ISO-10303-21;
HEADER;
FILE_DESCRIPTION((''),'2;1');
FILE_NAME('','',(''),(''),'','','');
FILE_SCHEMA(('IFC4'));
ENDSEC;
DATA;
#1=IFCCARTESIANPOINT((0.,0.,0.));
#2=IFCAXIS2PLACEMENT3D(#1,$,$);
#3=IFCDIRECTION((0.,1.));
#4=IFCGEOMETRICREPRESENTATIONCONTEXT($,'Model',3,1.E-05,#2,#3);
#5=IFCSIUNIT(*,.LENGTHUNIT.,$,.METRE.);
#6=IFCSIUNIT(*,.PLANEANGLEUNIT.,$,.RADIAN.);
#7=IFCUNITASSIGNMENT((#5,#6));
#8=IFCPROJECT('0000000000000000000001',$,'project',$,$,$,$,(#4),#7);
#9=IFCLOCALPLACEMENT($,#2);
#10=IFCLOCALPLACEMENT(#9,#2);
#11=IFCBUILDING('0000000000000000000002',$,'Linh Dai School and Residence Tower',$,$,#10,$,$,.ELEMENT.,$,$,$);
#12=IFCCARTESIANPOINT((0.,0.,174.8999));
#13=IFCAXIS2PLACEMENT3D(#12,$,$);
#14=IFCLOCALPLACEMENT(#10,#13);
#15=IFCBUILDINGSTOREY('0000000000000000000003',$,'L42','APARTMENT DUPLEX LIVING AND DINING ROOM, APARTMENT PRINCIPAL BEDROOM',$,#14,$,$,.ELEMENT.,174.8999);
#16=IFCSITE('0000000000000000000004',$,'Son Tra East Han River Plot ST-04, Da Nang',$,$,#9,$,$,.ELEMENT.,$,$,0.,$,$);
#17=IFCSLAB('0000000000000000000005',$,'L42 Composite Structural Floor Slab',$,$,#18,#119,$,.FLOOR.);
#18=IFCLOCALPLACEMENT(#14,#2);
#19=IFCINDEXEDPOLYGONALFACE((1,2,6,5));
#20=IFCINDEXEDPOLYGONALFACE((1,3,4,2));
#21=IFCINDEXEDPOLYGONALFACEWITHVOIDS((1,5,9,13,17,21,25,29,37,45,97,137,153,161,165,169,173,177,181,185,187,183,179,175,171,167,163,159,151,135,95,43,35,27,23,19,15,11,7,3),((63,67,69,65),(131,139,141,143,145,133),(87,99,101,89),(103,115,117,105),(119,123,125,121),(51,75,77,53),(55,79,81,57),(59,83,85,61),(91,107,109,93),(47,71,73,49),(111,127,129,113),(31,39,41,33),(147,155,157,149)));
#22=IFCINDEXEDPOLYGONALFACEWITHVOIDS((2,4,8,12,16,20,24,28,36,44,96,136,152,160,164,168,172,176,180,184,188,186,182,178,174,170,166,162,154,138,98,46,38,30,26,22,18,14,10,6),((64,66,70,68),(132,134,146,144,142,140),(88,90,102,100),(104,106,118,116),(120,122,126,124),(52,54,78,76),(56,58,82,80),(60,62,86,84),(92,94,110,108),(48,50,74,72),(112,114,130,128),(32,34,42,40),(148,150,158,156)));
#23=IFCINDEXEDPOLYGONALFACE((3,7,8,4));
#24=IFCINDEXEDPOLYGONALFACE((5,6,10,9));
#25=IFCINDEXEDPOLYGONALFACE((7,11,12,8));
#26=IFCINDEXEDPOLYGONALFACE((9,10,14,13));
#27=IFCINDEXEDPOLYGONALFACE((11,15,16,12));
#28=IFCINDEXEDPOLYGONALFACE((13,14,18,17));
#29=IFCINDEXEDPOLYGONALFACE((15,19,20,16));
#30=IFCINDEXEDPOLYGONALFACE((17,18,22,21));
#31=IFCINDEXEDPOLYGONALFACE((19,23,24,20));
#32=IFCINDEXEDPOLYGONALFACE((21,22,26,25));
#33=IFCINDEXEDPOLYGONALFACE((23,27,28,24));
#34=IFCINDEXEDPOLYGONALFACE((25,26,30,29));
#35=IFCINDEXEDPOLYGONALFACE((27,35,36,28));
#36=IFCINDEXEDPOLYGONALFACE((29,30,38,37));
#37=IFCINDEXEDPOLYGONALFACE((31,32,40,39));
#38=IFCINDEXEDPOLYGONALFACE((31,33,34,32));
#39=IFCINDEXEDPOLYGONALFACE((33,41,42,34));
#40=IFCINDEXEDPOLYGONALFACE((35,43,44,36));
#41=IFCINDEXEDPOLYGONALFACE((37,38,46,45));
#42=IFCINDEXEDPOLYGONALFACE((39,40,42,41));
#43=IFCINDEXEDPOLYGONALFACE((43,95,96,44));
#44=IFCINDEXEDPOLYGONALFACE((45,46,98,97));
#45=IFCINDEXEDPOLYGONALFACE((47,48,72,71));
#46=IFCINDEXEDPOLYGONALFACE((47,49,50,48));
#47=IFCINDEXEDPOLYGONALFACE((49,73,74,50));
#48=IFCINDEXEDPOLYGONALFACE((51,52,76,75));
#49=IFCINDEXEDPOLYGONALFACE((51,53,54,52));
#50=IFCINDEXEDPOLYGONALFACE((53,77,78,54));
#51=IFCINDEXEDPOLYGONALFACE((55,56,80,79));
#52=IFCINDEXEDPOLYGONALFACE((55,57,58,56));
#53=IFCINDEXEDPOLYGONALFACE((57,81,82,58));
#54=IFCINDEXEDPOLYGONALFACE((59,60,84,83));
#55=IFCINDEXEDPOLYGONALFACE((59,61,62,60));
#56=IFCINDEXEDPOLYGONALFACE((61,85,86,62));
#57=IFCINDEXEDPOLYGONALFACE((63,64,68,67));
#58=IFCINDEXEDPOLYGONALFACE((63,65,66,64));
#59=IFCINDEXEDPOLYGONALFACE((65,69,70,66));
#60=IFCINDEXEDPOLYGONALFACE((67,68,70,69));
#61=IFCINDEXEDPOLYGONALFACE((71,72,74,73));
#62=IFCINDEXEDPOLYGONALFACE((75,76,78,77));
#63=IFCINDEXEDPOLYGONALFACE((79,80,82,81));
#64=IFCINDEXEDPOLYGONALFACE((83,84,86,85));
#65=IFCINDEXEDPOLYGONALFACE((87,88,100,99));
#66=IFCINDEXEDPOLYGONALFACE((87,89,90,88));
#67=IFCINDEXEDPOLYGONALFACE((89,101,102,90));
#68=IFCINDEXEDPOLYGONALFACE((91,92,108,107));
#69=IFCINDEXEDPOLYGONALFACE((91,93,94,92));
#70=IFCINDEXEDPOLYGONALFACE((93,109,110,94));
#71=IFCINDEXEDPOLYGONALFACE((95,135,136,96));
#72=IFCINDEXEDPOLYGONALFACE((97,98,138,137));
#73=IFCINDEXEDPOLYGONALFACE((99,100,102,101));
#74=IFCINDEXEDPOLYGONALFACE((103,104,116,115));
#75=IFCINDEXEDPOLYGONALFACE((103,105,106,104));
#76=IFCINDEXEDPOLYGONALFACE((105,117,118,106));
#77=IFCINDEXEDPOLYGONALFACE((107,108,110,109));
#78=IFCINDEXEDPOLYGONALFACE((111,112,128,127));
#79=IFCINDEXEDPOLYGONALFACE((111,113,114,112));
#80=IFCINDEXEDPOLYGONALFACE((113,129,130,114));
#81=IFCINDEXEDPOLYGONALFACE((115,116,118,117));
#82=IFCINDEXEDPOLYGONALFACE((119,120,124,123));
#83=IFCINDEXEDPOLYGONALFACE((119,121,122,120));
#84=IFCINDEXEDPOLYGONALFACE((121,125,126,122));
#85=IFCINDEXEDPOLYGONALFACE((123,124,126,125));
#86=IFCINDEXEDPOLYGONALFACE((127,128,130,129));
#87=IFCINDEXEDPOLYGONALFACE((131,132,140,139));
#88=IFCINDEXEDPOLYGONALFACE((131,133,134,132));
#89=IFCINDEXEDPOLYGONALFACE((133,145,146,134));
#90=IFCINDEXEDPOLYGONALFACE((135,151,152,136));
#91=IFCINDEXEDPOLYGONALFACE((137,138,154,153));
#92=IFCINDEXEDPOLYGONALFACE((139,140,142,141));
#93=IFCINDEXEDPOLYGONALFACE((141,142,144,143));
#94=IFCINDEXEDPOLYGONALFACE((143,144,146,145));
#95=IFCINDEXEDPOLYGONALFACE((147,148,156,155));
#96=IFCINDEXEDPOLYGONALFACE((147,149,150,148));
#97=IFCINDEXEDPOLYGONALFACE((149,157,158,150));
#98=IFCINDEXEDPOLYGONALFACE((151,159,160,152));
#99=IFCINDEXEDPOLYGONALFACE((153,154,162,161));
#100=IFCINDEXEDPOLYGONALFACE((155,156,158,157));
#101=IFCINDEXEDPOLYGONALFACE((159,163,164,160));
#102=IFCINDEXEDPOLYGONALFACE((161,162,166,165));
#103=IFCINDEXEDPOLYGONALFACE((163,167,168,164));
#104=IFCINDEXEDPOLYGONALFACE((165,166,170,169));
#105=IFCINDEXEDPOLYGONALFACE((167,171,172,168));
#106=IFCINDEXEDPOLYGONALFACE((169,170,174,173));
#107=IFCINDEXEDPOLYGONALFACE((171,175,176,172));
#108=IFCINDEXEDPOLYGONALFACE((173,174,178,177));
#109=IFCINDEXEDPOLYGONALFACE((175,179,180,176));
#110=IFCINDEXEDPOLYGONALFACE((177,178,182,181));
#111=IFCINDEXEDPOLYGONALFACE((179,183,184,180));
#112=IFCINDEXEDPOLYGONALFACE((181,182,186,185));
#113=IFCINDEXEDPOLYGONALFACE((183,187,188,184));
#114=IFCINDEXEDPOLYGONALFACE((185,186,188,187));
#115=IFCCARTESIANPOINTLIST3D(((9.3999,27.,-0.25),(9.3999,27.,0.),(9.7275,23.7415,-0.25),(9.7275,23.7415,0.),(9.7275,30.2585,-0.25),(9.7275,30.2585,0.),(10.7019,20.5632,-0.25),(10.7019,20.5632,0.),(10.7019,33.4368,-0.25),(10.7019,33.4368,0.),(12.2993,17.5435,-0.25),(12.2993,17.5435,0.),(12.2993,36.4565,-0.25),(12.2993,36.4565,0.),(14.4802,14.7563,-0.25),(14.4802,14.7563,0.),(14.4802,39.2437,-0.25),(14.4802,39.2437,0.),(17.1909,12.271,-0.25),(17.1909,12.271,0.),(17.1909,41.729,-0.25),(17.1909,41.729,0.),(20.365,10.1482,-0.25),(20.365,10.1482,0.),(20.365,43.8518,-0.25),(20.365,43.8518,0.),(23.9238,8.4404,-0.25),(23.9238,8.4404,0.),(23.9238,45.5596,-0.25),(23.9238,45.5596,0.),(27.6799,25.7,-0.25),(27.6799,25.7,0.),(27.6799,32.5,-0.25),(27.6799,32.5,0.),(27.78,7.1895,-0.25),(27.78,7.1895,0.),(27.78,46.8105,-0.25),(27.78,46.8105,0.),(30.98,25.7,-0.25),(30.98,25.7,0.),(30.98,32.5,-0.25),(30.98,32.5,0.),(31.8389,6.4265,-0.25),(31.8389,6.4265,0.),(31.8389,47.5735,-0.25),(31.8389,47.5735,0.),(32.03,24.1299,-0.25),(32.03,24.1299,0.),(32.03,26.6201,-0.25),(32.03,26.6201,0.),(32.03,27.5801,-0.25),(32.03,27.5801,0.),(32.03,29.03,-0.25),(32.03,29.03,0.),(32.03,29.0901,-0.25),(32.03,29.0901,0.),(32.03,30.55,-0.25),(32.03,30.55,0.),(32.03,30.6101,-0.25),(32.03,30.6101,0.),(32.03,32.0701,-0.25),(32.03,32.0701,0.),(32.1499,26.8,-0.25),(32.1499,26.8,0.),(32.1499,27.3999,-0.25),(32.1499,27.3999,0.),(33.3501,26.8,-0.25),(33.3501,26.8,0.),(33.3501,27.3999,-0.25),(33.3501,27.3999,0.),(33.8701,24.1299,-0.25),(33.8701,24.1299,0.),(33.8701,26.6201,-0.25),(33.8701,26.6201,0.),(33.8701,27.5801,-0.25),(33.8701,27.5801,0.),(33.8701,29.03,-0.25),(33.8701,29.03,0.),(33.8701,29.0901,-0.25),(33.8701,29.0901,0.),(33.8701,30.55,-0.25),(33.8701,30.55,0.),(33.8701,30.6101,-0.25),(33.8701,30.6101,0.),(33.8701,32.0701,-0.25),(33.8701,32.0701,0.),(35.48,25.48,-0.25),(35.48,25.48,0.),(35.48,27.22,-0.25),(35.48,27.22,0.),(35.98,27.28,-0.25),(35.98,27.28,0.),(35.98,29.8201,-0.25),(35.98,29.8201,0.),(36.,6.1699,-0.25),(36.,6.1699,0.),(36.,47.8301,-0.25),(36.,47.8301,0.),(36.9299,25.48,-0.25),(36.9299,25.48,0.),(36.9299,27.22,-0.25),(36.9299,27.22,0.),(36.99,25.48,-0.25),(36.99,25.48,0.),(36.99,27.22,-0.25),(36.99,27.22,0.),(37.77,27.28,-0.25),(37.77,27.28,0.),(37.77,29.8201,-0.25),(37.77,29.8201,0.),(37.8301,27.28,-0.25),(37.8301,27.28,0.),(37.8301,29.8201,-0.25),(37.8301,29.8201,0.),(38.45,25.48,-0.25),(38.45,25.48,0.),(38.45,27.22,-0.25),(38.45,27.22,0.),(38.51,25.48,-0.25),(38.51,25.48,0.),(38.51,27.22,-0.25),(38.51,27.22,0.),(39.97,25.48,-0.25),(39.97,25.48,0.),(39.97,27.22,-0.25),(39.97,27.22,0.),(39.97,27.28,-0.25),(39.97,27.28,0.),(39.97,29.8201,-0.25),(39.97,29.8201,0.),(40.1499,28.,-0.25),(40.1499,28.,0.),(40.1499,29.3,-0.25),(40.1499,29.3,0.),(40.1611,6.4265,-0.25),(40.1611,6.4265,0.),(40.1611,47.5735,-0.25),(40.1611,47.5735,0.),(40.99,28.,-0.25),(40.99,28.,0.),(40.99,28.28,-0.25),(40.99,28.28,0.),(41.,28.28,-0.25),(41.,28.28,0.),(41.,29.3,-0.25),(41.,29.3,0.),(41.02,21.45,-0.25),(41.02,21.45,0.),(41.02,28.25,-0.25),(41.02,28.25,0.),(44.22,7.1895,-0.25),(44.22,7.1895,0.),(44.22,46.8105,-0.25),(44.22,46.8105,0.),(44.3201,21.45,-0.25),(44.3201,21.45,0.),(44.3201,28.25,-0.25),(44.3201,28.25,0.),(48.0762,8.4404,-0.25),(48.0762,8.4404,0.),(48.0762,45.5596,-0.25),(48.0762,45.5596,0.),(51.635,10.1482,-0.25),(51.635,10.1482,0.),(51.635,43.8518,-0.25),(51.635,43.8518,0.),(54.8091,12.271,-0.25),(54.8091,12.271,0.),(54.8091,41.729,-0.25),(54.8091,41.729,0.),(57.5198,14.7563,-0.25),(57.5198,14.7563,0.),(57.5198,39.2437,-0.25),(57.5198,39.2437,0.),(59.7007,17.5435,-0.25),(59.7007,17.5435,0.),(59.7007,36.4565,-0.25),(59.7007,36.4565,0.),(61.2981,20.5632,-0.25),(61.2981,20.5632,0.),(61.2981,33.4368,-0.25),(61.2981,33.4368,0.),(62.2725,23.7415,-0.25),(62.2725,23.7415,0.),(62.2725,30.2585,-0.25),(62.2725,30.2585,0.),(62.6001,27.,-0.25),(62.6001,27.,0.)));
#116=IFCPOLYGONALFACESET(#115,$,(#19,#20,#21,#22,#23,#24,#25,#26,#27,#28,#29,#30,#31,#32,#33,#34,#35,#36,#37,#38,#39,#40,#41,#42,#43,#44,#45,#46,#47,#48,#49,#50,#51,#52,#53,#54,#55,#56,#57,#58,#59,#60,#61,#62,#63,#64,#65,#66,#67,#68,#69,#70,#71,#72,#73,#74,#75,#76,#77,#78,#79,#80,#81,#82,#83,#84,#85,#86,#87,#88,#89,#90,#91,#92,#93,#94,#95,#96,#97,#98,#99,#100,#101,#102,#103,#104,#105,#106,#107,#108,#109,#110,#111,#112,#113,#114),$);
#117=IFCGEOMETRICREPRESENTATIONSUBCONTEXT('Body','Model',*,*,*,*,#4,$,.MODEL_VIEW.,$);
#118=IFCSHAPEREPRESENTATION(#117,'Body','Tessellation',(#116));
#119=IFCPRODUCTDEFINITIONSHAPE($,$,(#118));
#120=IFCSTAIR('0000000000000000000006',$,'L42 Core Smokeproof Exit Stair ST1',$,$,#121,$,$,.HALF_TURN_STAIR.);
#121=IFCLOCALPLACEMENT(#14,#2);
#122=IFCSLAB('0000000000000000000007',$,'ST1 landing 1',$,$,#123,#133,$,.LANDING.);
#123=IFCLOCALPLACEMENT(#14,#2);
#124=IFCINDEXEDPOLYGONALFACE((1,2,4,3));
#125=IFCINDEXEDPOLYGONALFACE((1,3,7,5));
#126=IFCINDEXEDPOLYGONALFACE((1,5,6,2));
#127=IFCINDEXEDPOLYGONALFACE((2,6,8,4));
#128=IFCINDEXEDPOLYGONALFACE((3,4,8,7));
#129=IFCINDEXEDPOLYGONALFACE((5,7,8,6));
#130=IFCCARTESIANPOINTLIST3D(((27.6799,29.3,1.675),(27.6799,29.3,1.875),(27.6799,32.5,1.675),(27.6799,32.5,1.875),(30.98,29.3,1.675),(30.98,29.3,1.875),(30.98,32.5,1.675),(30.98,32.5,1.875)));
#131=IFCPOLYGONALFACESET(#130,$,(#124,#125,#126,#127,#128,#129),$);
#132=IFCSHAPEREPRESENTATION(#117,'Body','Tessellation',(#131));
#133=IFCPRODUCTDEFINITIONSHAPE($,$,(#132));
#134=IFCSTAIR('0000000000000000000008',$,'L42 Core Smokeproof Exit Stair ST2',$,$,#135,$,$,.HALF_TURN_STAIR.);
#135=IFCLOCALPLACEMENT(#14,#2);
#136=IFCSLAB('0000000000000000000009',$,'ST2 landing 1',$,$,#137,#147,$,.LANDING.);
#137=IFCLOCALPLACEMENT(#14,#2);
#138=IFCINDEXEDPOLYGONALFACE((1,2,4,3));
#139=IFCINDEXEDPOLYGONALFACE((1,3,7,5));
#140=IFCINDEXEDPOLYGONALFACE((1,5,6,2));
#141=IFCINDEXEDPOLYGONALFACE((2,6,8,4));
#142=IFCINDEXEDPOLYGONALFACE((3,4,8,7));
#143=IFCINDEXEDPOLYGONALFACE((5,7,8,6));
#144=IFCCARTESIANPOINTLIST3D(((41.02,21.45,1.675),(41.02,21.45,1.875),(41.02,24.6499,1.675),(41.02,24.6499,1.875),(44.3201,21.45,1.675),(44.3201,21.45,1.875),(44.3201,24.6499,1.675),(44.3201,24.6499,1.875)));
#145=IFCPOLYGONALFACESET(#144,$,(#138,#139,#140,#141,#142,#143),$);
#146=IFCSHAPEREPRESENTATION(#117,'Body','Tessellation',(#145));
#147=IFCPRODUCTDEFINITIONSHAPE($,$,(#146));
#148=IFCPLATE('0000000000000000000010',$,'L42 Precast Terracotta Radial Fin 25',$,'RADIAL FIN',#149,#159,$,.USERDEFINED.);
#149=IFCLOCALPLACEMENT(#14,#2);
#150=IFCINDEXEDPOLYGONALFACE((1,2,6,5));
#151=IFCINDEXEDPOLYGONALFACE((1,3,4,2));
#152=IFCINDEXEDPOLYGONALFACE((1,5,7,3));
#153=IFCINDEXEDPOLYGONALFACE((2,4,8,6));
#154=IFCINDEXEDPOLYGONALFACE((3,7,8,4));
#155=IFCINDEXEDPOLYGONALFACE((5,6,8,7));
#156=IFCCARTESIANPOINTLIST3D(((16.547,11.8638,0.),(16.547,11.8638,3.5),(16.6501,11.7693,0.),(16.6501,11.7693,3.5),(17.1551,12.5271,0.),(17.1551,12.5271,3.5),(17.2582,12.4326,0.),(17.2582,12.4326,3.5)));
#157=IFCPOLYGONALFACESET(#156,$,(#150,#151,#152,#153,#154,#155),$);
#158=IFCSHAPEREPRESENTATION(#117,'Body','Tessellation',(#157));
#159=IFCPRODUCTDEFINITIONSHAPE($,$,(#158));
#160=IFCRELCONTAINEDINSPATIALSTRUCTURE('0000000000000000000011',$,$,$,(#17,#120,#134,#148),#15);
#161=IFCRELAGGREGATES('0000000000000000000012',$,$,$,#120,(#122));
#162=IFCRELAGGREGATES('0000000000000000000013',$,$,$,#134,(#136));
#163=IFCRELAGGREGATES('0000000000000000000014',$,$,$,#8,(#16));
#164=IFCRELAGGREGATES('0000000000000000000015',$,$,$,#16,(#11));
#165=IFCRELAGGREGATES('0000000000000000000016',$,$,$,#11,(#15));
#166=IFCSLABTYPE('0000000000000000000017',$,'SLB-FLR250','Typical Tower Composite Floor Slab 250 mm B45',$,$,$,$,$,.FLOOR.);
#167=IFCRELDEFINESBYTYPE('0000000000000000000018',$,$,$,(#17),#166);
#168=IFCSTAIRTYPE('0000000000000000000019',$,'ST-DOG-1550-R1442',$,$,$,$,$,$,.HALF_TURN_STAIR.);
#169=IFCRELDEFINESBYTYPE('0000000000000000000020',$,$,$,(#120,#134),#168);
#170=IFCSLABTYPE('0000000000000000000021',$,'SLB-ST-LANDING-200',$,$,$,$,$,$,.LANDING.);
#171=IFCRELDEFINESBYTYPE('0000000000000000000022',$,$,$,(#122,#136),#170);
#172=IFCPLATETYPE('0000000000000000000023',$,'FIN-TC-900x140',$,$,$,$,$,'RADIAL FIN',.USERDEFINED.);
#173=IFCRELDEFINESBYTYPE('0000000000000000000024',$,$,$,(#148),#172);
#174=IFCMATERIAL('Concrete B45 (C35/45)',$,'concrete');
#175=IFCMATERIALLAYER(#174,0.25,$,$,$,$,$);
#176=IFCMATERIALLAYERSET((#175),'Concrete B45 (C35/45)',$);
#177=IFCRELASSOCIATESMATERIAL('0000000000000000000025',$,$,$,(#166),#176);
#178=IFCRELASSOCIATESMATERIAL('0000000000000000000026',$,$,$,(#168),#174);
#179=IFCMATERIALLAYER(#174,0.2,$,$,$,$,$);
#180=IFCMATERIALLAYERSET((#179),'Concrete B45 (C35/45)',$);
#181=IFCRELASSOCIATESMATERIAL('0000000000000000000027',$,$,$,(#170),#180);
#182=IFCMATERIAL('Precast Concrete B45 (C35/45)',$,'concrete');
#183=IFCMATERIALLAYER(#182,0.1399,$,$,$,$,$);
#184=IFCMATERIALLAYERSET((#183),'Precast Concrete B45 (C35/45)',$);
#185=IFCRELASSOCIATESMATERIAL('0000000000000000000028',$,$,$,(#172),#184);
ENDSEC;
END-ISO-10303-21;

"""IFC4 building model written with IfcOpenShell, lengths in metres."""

from ifc_helpers import new_model, si_unit, direction, frame, origin, origin_2d, place, context, subcontext, project, spatial, polyline, rectangle, outline, extrude, source, transform, mapped, material, layer, layer_set, type_object, element, aggregate, save


model = new_model("IFC4")

# Units and contexts
model_context = context("Model", 3, precision=1e-05, world=origin(), true_north=direction((0.0, 1.0)))
body_context = subcontext(model_context, "Body", "Model", "MODEL_VIEW")
ifc_project = project(units=[si_unit("LENGTHUNIT", "METRE"), si_unit("PLANEANGLEUNIT", "RADIAN")], contexts=[model_context])

# Site, building, storey
site_placement = place(None, origin())
site = spatial("IfcSite", under=ifc_project, at=site_placement, Name="Son Tra East Han River Plot ST-04, Da Nang", CompositionType="ELEMENT", RefElevation=0.0)
building_placement = place(site_placement, origin())
building = spatial("IfcBuilding", under=site, at=building_placement, Name="Linh Dai School and Residence Tower", CompositionType="ELEMENT")
storey_placement = place(building_placement, frame((0.0, 0.0, 174.8999)))
storey = spatial("IfcBuildingStorey", under=building, at=storey_placement, Name="L42", Description="APARTMENT DUPLEX LIVING AND DINING ROOM, APARTMENT PRINCIPAL BEDROOM", CompositionType="ELEMENT", Elevation=174.8999)

# Slab
ifc_material_1 = material(Name="Concrete B45 (C35/45)", Category="concrete")
ifc_layer_1 = layer(ifc_material_1, 0.25)
ifc_layer_set_1 = layer_set([ifc_layer_1], Name="Concrete B45 (C35/45)")
slab_type_1 = type_object("IfcSlabType", Name="SLB-FLR250", Description="Typical Tower Composite Floor Slab 250 mm B45", PredefinedType="FLOOR", material=ifc_layer_set_1)
slab_1_placement = place(storey_placement, frame((0.0, 0.0, -0.25)))
element("IfcSlab", 1, at=slab_1_placement, inside=storey, type_object=slab_type_1, Name="L42 Composite Structural Floor Slab", PredefinedType="FLOOR", context=body_context, shape_type="SweptSolid", body=[
    extrude(outline(polyline([(62.6001, 27.0), (62.2725, 30.2585), (61.2981, 33.4368), (59.7007, 36.4565), (57.5198, 39.2437), (54.8091, 41.729), (51.635, 43.8518), (48.0762, 45.5596), (44.22, 46.8105), (40.1611, 47.5735), (36.0, 47.8301), (31.8389, 47.5735), (27.78, 46.8105), (23.9238, 45.5596), (20.365, 43.8518), (17.1909, 41.729), (14.4802, 39.2437), (12.2993, 36.4565), (10.7019, 33.4368), (9.7275, 30.2585), (9.3999, 27.0), (9.7275, 23.7415), (10.7019, 20.5632), (12.2993, 17.5435), (14.4802, 14.7563), (17.1909, 12.271), (20.365, 10.1482), (23.9238, 8.4404), (27.78, 7.1895), (31.8389, 6.4265), (36.0, 6.1699), (40.1611, 6.4265), (44.22, 7.1895), (48.0762, 8.4404), (51.635, 10.1482), (54.8091, 12.271), (57.5198, 14.7563), (59.7007, 17.5435), (61.2981, 20.5632), (62.2725, 23.7415), (62.6001, 27.0)]), holes=[polyline([(30.98, 25.7), (30.98, 32.5), (27.6799, 32.5), (27.6799, 25.7), (30.98, 25.7)]), polyline([(41.02, 28.25), (41.02, 21.45), (44.3201, 21.45), (44.3201, 28.25), (41.02, 28.25)]), polyline([(35.98, 27.28), (37.77, 27.28), (37.77, 29.8201), (35.98, 29.8201), (35.98, 27.28)]), polyline([(32.03, 24.1299), (33.8701, 24.1299), (33.8701, 26.6201), (32.03, 26.6201), (32.03, 24.1299)]), polyline([(37.8301, 27.28), (39.97, 27.28), (39.97, 29.8201), (37.8301, 29.8201), (37.8301, 27.28)]), polyline([(32.03, 27.5801), (33.8701, 27.5801), (33.8701, 29.03), (32.03, 29.03), (32.03, 27.5801)]), polyline([(32.03, 29.0901), (33.8701, 29.0901), (33.8701, 30.55), (32.03, 30.55), (32.03, 29.0901)]), polyline([(32.03, 30.6101), (33.8701, 30.6101), (33.8701, 32.0701), (32.03, 32.0701), (32.03, 30.6101)]), polyline([(35.48, 25.48), (36.9299, 25.48), (36.9299, 27.22), (35.48, 27.22), (35.48, 25.48)]), polyline([(36.99, 25.48), (38.45, 25.48), (38.45, 27.22), (36.99, 27.22), (36.99, 25.48)]), polyline([(38.51, 25.48), (39.97, 25.48), (39.97, 27.22), (38.51, 27.22), (38.51, 25.48)]), polyline([(40.1499, 28.0), (40.1499, 29.3), (41.0, 29.3), (41.0, 28.28), (40.99, 28.28), (40.99, 28.0), (40.1499, 28.0)]), polyline([(32.1499, 26.8), (33.3501, 26.8), (33.3501, 27.3999), (32.1499, 27.3999), (32.1499, 26.8)])]), origin(), (0.0, 0.0, 1.0), 0.25),
])

# Stairs, slabs
stair_type = type_object("IfcStairType", Name="ST-DOG-1550-R1442", PredefinedType="HALF_TURN_STAIR", material=ifc_material_1)
stair_1_placement = place(storey_placement, origin())
stair_1 = element("IfcStair", 2, at=stair_1_placement, inside=storey, type_object=stair_type, Name="L42 Core Smokeproof Exit Stair ST1", PredefinedType="HALF_TURN_STAIR")
ifc_layer_2 = layer(ifc_material_1, 0.2)
ifc_layer_set_2 = layer_set([ifc_layer_2], Name="Concrete B45 (C35/45)")
slab_type_2 = type_object("IfcSlabType", Name="SLB-ST-LANDING-200", PredefinedType="LANDING", material=ifc_layer_set_2)
slab_2_placement = place(storey_placement, frame((0.0, 0.0, 1.675)))
slab_2 = element("IfcSlab", 3, at=slab_2_placement, type_object=slab_type_2, Name="ST1 landing 1", PredefinedType="LANDING", context=body_context, shape_type="SweptSolid", body=[
    extrude(outline(polyline([(30.98, 29.3), (30.98, 32.5), (27.6799, 32.5), (27.6799, 29.3), (30.98, 29.3)])), origin(), (0.0, 0.0, 1.0), 0.2),
])
aggregate(stair_1, [slab_2])
stair_2_placement = place(storey_placement, origin())
stair_2 = element("IfcStair", 4, at=stair_2_placement, inside=storey, type_object=stair_type, Name="L42 Core Smokeproof Exit Stair ST2", PredefinedType="HALF_TURN_STAIR")
slab_3_placement = place(storey_placement, frame((0.0, 0.0, 1.675)))
slab_3 = element("IfcSlab", 5, at=slab_3_placement, type_object=slab_type_2, Name="ST2 landing 1", PredefinedType="LANDING", context=body_context, shape_type="SweptSolid", body=[
    extrude(outline(polyline([(41.02, 24.6499), (41.02, 21.45), (44.3201, 21.45), (44.3201, 24.6499), (41.02, 24.6499)])), origin(), (0.0, 0.0, 1.0), 0.2),
])
aggregate(stair_2, [slab_3])

# Plate
ifc_material_2 = material(Name="Precast Concrete B45 (C35/45)", Category="concrete")
ifc_layer_3 = layer(ifc_material_2, 0.1399)
ifc_layer_set_3 = layer_set([ifc_layer_3], Name="Precast Concrete B45 (C35/45)")
plate_type = type_object("IfcPlateType", Name="FIN-TC-900x140", ElementType="RADIAL FIN", PredefinedType="USERDEFINED", material=ifc_layer_set_3)
shared_shape_1 = source(origin(), body_context, "Body", "SweptSolid", [
    extrude(rectangle(XDim=0.8999, YDim=0.1399, at=origin_2d()), origin(), (0.0, 0.0, 1.0), 3.5),
])
plate_placement = place(storey_placement, frame((16.9026, 12.1482, 0.0), z_axis=(0.0, 0.0, 1.0), x_axis=(-0.6758, -0.737085, 0.0)))
element("IfcPlate", 6, at=plate_placement, inside=storey, type_object=plate_type, Name="L42 Precast Terracotta Radial Fin 25", ObjectType="RADIAL FIN", PredefinedType="USERDEFINED", context=body_context, shape_type="MappedRepresentation", body=[
    mapped(shared_shape_1, transform((0.0, 0.0, 0.0), x_axis=(1.0, 0.0, 0.0), y_axis=(0.0, 1.0, 0.0), z_axis=(0.0, 0.0, 1.0), scale=1.0)),
])

save(model, "model.ifc")
